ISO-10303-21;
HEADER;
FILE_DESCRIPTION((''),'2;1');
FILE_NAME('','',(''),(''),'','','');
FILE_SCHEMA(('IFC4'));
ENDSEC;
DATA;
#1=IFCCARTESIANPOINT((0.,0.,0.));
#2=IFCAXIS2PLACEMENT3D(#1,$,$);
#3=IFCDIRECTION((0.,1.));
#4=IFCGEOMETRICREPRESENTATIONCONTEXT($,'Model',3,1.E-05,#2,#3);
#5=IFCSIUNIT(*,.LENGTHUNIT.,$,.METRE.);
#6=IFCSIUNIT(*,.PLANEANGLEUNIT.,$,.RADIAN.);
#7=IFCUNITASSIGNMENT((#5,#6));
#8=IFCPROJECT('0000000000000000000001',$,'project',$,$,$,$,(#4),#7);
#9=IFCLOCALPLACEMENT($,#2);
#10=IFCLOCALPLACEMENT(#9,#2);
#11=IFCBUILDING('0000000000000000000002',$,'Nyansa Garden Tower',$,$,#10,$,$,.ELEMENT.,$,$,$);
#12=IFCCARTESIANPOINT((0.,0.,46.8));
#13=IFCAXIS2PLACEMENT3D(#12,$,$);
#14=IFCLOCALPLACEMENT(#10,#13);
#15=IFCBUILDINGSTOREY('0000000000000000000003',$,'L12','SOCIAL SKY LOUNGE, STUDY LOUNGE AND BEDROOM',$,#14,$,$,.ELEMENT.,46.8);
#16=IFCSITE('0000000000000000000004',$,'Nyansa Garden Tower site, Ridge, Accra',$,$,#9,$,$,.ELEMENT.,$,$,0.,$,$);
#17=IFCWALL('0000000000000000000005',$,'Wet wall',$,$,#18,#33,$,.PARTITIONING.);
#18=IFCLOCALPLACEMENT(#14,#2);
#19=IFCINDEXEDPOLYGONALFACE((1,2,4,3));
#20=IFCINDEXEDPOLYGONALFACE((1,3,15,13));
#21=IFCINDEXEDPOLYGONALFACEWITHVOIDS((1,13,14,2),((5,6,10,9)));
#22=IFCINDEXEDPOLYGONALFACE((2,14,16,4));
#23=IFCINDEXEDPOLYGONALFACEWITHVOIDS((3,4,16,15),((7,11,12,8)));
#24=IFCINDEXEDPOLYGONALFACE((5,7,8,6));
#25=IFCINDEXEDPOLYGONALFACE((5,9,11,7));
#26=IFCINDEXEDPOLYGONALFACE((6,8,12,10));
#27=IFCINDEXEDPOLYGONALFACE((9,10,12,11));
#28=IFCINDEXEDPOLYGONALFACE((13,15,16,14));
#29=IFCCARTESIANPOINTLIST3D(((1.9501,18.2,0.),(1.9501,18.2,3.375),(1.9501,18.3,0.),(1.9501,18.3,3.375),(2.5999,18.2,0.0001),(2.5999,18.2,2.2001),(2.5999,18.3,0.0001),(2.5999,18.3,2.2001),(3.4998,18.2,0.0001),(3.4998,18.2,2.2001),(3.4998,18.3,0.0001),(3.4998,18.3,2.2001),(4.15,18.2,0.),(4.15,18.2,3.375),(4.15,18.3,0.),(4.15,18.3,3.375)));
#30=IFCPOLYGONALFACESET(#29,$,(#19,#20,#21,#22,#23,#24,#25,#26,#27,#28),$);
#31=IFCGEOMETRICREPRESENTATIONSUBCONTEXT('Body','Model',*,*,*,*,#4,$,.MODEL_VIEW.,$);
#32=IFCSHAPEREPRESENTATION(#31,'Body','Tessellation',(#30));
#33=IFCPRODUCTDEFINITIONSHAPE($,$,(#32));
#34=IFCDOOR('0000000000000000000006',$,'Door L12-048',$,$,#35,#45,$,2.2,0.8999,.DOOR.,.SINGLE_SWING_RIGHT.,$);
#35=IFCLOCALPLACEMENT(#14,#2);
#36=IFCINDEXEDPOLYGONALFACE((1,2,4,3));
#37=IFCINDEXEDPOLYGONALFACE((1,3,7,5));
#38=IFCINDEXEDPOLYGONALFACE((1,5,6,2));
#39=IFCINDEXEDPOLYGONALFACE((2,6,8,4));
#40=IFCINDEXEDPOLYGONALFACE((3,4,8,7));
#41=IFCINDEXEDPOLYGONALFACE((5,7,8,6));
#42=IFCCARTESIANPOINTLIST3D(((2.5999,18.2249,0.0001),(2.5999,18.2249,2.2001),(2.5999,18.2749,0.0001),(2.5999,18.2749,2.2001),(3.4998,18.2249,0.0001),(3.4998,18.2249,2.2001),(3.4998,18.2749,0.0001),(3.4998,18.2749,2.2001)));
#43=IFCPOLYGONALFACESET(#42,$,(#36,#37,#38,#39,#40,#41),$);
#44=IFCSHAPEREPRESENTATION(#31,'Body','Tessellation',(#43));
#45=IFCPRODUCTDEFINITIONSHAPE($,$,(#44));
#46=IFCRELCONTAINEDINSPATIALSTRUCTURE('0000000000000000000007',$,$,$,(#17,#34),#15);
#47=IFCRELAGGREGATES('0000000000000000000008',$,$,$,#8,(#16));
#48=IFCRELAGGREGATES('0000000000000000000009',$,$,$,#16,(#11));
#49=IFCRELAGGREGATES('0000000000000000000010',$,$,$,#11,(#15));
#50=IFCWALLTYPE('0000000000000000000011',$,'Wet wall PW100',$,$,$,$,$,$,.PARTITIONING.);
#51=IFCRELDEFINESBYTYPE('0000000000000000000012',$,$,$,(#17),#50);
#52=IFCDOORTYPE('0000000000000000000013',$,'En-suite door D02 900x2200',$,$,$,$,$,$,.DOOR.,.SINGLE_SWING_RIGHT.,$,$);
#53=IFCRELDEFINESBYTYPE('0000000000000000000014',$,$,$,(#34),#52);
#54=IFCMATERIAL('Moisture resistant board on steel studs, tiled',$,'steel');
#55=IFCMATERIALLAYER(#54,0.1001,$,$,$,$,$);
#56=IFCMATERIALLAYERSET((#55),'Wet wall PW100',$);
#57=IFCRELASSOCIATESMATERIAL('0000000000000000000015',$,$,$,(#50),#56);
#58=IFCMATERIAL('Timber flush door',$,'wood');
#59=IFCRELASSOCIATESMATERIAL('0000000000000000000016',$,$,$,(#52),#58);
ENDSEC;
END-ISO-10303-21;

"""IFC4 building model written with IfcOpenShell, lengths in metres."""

from ifc_helpers import new_model, si_unit, direction, frame, frame_2d, origin, place, context, subcontext, project, spatial, rectangle, extrude, material, layer, layer_set, type_object, element, fill, save


model = new_model("IFC4")

# Units and contexts
model_context = context("Model", 3, precision=1e-05, world=origin(), true_north=direction((0.0, 1.0)))
body_context = subcontext(model_context, "Body", "Model", "MODEL_VIEW")
ifc_project = project(units=[si_unit("LENGTHUNIT", "METRE"), si_unit("PLANEANGLEUNIT", "RADIAN")], contexts=[model_context])

# Site, building, storey
site_placement = place(None, origin())
site = spatial("IfcSite", under=ifc_project, at=site_placement, Name="Nyansa Garden Tower site, Ridge, Accra", CompositionType="ELEMENT", RefElevation=0.0)
building_placement = place(site_placement, origin())
building = spatial("IfcBuilding", under=site, at=building_placement, Name="Nyansa Garden Tower", CompositionType="ELEMENT")
storey_placement = place(building_placement, frame((0.0, 0.0, 46.8)))
storey = spatial("IfcBuildingStorey", under=building, at=storey_placement, Name="L12", Description="SOCIAL SKY LOUNGE, STUDY LOUNGE AND BEDROOM", CompositionType="ELEMENT", Elevation=46.8)

# Shared definitions
ifc_material_1 = material(Name="Moisture resistant board on steel studs, tiled", Category="steel")
ifc_layer_1 = layer(ifc_material_1, 0.1001)
ifc_layer_set_1 = layer_set([ifc_layer_1], Name="Wet wall PW100")
wall_type_1 = type_object("IfcWallType", Name="Wet wall PW100", PredefinedType="PARTITIONING", material=ifc_layer_set_1)

# Shared definitions
ifc_material_2 = material(Name="Timber flush door", Category="wood")
door_type_1 = type_object("IfcDoorType", Name="En-suite door D02 900x2200", OperationType="SINGLE_SWING_RIGHT", PredefinedType="DOOR", material=ifc_material_2)

# Wall, opening, door
wall_1_placement = place(storey_placement, frame((1.95, 18.25, 0.0), z_axis=(0.0, 0.0, 1.0), x_axis=(1.0, 0.0, 0.0)))
wall_1 = element("IfcWall", 1, at=wall_1_placement, inside=storey, type_object=wall_type_1, Name="Wet wall", PredefinedType="PARTITIONING", context=body_context, shape_type="SweptSolid", body=[
    extrude(rectangle(XDim=2.2, YDim=0.1001, at=frame_2d((1.1001, 0.0))), origin(), (0.0, 0.0, 1.0), 3.375),
])
opening_1_placement = place(wall_1_placement, frame((0.6499, 0.0, 0.0)))
opening_1 = element("IfcOpeningElement", 2, at=opening_1_placement, cuts=wall_1, PredefinedType="OPENING", context=body_context, shape_type="SweptSolid", body=[
    extrude(rectangle(XDim=0.8999, YDim=2.2, at=frame_2d((0.45, 1.1001))), frame((0.0, 0.0601, 0.0), z_axis=(0.0, -1.0, 0.0), x_axis=(1.0, 0.0, 0.0)), (0.0, 0.0, 1.0), 0.1201),
])
door_1_placement = place(opening_1_placement, origin())
door_1 = element("IfcDoor", 3, at=door_1_placement, inside=storey, type_object=door_type_1, Name="Door L12-048", OperationType="SINGLE_SWING_RIGHT", OverallHeight=2.2, OverallWidth=0.8999, PredefinedType="DOOR", context=body_context, shape_type="SweptSolid", body=[
    extrude(rectangle(XDim=0.8999, YDim=2.2, at=frame_2d((0.45, 1.1001))), frame((0.0, 0.0249, 0.0), z_axis=(0.0, -1.0, 0.0), x_axis=(1.0, 0.0, 0.0)), (0.0, 0.0, 1.0), 0.05),
])
fill(opening_1, door_1)

save(model, "model.ifc")
